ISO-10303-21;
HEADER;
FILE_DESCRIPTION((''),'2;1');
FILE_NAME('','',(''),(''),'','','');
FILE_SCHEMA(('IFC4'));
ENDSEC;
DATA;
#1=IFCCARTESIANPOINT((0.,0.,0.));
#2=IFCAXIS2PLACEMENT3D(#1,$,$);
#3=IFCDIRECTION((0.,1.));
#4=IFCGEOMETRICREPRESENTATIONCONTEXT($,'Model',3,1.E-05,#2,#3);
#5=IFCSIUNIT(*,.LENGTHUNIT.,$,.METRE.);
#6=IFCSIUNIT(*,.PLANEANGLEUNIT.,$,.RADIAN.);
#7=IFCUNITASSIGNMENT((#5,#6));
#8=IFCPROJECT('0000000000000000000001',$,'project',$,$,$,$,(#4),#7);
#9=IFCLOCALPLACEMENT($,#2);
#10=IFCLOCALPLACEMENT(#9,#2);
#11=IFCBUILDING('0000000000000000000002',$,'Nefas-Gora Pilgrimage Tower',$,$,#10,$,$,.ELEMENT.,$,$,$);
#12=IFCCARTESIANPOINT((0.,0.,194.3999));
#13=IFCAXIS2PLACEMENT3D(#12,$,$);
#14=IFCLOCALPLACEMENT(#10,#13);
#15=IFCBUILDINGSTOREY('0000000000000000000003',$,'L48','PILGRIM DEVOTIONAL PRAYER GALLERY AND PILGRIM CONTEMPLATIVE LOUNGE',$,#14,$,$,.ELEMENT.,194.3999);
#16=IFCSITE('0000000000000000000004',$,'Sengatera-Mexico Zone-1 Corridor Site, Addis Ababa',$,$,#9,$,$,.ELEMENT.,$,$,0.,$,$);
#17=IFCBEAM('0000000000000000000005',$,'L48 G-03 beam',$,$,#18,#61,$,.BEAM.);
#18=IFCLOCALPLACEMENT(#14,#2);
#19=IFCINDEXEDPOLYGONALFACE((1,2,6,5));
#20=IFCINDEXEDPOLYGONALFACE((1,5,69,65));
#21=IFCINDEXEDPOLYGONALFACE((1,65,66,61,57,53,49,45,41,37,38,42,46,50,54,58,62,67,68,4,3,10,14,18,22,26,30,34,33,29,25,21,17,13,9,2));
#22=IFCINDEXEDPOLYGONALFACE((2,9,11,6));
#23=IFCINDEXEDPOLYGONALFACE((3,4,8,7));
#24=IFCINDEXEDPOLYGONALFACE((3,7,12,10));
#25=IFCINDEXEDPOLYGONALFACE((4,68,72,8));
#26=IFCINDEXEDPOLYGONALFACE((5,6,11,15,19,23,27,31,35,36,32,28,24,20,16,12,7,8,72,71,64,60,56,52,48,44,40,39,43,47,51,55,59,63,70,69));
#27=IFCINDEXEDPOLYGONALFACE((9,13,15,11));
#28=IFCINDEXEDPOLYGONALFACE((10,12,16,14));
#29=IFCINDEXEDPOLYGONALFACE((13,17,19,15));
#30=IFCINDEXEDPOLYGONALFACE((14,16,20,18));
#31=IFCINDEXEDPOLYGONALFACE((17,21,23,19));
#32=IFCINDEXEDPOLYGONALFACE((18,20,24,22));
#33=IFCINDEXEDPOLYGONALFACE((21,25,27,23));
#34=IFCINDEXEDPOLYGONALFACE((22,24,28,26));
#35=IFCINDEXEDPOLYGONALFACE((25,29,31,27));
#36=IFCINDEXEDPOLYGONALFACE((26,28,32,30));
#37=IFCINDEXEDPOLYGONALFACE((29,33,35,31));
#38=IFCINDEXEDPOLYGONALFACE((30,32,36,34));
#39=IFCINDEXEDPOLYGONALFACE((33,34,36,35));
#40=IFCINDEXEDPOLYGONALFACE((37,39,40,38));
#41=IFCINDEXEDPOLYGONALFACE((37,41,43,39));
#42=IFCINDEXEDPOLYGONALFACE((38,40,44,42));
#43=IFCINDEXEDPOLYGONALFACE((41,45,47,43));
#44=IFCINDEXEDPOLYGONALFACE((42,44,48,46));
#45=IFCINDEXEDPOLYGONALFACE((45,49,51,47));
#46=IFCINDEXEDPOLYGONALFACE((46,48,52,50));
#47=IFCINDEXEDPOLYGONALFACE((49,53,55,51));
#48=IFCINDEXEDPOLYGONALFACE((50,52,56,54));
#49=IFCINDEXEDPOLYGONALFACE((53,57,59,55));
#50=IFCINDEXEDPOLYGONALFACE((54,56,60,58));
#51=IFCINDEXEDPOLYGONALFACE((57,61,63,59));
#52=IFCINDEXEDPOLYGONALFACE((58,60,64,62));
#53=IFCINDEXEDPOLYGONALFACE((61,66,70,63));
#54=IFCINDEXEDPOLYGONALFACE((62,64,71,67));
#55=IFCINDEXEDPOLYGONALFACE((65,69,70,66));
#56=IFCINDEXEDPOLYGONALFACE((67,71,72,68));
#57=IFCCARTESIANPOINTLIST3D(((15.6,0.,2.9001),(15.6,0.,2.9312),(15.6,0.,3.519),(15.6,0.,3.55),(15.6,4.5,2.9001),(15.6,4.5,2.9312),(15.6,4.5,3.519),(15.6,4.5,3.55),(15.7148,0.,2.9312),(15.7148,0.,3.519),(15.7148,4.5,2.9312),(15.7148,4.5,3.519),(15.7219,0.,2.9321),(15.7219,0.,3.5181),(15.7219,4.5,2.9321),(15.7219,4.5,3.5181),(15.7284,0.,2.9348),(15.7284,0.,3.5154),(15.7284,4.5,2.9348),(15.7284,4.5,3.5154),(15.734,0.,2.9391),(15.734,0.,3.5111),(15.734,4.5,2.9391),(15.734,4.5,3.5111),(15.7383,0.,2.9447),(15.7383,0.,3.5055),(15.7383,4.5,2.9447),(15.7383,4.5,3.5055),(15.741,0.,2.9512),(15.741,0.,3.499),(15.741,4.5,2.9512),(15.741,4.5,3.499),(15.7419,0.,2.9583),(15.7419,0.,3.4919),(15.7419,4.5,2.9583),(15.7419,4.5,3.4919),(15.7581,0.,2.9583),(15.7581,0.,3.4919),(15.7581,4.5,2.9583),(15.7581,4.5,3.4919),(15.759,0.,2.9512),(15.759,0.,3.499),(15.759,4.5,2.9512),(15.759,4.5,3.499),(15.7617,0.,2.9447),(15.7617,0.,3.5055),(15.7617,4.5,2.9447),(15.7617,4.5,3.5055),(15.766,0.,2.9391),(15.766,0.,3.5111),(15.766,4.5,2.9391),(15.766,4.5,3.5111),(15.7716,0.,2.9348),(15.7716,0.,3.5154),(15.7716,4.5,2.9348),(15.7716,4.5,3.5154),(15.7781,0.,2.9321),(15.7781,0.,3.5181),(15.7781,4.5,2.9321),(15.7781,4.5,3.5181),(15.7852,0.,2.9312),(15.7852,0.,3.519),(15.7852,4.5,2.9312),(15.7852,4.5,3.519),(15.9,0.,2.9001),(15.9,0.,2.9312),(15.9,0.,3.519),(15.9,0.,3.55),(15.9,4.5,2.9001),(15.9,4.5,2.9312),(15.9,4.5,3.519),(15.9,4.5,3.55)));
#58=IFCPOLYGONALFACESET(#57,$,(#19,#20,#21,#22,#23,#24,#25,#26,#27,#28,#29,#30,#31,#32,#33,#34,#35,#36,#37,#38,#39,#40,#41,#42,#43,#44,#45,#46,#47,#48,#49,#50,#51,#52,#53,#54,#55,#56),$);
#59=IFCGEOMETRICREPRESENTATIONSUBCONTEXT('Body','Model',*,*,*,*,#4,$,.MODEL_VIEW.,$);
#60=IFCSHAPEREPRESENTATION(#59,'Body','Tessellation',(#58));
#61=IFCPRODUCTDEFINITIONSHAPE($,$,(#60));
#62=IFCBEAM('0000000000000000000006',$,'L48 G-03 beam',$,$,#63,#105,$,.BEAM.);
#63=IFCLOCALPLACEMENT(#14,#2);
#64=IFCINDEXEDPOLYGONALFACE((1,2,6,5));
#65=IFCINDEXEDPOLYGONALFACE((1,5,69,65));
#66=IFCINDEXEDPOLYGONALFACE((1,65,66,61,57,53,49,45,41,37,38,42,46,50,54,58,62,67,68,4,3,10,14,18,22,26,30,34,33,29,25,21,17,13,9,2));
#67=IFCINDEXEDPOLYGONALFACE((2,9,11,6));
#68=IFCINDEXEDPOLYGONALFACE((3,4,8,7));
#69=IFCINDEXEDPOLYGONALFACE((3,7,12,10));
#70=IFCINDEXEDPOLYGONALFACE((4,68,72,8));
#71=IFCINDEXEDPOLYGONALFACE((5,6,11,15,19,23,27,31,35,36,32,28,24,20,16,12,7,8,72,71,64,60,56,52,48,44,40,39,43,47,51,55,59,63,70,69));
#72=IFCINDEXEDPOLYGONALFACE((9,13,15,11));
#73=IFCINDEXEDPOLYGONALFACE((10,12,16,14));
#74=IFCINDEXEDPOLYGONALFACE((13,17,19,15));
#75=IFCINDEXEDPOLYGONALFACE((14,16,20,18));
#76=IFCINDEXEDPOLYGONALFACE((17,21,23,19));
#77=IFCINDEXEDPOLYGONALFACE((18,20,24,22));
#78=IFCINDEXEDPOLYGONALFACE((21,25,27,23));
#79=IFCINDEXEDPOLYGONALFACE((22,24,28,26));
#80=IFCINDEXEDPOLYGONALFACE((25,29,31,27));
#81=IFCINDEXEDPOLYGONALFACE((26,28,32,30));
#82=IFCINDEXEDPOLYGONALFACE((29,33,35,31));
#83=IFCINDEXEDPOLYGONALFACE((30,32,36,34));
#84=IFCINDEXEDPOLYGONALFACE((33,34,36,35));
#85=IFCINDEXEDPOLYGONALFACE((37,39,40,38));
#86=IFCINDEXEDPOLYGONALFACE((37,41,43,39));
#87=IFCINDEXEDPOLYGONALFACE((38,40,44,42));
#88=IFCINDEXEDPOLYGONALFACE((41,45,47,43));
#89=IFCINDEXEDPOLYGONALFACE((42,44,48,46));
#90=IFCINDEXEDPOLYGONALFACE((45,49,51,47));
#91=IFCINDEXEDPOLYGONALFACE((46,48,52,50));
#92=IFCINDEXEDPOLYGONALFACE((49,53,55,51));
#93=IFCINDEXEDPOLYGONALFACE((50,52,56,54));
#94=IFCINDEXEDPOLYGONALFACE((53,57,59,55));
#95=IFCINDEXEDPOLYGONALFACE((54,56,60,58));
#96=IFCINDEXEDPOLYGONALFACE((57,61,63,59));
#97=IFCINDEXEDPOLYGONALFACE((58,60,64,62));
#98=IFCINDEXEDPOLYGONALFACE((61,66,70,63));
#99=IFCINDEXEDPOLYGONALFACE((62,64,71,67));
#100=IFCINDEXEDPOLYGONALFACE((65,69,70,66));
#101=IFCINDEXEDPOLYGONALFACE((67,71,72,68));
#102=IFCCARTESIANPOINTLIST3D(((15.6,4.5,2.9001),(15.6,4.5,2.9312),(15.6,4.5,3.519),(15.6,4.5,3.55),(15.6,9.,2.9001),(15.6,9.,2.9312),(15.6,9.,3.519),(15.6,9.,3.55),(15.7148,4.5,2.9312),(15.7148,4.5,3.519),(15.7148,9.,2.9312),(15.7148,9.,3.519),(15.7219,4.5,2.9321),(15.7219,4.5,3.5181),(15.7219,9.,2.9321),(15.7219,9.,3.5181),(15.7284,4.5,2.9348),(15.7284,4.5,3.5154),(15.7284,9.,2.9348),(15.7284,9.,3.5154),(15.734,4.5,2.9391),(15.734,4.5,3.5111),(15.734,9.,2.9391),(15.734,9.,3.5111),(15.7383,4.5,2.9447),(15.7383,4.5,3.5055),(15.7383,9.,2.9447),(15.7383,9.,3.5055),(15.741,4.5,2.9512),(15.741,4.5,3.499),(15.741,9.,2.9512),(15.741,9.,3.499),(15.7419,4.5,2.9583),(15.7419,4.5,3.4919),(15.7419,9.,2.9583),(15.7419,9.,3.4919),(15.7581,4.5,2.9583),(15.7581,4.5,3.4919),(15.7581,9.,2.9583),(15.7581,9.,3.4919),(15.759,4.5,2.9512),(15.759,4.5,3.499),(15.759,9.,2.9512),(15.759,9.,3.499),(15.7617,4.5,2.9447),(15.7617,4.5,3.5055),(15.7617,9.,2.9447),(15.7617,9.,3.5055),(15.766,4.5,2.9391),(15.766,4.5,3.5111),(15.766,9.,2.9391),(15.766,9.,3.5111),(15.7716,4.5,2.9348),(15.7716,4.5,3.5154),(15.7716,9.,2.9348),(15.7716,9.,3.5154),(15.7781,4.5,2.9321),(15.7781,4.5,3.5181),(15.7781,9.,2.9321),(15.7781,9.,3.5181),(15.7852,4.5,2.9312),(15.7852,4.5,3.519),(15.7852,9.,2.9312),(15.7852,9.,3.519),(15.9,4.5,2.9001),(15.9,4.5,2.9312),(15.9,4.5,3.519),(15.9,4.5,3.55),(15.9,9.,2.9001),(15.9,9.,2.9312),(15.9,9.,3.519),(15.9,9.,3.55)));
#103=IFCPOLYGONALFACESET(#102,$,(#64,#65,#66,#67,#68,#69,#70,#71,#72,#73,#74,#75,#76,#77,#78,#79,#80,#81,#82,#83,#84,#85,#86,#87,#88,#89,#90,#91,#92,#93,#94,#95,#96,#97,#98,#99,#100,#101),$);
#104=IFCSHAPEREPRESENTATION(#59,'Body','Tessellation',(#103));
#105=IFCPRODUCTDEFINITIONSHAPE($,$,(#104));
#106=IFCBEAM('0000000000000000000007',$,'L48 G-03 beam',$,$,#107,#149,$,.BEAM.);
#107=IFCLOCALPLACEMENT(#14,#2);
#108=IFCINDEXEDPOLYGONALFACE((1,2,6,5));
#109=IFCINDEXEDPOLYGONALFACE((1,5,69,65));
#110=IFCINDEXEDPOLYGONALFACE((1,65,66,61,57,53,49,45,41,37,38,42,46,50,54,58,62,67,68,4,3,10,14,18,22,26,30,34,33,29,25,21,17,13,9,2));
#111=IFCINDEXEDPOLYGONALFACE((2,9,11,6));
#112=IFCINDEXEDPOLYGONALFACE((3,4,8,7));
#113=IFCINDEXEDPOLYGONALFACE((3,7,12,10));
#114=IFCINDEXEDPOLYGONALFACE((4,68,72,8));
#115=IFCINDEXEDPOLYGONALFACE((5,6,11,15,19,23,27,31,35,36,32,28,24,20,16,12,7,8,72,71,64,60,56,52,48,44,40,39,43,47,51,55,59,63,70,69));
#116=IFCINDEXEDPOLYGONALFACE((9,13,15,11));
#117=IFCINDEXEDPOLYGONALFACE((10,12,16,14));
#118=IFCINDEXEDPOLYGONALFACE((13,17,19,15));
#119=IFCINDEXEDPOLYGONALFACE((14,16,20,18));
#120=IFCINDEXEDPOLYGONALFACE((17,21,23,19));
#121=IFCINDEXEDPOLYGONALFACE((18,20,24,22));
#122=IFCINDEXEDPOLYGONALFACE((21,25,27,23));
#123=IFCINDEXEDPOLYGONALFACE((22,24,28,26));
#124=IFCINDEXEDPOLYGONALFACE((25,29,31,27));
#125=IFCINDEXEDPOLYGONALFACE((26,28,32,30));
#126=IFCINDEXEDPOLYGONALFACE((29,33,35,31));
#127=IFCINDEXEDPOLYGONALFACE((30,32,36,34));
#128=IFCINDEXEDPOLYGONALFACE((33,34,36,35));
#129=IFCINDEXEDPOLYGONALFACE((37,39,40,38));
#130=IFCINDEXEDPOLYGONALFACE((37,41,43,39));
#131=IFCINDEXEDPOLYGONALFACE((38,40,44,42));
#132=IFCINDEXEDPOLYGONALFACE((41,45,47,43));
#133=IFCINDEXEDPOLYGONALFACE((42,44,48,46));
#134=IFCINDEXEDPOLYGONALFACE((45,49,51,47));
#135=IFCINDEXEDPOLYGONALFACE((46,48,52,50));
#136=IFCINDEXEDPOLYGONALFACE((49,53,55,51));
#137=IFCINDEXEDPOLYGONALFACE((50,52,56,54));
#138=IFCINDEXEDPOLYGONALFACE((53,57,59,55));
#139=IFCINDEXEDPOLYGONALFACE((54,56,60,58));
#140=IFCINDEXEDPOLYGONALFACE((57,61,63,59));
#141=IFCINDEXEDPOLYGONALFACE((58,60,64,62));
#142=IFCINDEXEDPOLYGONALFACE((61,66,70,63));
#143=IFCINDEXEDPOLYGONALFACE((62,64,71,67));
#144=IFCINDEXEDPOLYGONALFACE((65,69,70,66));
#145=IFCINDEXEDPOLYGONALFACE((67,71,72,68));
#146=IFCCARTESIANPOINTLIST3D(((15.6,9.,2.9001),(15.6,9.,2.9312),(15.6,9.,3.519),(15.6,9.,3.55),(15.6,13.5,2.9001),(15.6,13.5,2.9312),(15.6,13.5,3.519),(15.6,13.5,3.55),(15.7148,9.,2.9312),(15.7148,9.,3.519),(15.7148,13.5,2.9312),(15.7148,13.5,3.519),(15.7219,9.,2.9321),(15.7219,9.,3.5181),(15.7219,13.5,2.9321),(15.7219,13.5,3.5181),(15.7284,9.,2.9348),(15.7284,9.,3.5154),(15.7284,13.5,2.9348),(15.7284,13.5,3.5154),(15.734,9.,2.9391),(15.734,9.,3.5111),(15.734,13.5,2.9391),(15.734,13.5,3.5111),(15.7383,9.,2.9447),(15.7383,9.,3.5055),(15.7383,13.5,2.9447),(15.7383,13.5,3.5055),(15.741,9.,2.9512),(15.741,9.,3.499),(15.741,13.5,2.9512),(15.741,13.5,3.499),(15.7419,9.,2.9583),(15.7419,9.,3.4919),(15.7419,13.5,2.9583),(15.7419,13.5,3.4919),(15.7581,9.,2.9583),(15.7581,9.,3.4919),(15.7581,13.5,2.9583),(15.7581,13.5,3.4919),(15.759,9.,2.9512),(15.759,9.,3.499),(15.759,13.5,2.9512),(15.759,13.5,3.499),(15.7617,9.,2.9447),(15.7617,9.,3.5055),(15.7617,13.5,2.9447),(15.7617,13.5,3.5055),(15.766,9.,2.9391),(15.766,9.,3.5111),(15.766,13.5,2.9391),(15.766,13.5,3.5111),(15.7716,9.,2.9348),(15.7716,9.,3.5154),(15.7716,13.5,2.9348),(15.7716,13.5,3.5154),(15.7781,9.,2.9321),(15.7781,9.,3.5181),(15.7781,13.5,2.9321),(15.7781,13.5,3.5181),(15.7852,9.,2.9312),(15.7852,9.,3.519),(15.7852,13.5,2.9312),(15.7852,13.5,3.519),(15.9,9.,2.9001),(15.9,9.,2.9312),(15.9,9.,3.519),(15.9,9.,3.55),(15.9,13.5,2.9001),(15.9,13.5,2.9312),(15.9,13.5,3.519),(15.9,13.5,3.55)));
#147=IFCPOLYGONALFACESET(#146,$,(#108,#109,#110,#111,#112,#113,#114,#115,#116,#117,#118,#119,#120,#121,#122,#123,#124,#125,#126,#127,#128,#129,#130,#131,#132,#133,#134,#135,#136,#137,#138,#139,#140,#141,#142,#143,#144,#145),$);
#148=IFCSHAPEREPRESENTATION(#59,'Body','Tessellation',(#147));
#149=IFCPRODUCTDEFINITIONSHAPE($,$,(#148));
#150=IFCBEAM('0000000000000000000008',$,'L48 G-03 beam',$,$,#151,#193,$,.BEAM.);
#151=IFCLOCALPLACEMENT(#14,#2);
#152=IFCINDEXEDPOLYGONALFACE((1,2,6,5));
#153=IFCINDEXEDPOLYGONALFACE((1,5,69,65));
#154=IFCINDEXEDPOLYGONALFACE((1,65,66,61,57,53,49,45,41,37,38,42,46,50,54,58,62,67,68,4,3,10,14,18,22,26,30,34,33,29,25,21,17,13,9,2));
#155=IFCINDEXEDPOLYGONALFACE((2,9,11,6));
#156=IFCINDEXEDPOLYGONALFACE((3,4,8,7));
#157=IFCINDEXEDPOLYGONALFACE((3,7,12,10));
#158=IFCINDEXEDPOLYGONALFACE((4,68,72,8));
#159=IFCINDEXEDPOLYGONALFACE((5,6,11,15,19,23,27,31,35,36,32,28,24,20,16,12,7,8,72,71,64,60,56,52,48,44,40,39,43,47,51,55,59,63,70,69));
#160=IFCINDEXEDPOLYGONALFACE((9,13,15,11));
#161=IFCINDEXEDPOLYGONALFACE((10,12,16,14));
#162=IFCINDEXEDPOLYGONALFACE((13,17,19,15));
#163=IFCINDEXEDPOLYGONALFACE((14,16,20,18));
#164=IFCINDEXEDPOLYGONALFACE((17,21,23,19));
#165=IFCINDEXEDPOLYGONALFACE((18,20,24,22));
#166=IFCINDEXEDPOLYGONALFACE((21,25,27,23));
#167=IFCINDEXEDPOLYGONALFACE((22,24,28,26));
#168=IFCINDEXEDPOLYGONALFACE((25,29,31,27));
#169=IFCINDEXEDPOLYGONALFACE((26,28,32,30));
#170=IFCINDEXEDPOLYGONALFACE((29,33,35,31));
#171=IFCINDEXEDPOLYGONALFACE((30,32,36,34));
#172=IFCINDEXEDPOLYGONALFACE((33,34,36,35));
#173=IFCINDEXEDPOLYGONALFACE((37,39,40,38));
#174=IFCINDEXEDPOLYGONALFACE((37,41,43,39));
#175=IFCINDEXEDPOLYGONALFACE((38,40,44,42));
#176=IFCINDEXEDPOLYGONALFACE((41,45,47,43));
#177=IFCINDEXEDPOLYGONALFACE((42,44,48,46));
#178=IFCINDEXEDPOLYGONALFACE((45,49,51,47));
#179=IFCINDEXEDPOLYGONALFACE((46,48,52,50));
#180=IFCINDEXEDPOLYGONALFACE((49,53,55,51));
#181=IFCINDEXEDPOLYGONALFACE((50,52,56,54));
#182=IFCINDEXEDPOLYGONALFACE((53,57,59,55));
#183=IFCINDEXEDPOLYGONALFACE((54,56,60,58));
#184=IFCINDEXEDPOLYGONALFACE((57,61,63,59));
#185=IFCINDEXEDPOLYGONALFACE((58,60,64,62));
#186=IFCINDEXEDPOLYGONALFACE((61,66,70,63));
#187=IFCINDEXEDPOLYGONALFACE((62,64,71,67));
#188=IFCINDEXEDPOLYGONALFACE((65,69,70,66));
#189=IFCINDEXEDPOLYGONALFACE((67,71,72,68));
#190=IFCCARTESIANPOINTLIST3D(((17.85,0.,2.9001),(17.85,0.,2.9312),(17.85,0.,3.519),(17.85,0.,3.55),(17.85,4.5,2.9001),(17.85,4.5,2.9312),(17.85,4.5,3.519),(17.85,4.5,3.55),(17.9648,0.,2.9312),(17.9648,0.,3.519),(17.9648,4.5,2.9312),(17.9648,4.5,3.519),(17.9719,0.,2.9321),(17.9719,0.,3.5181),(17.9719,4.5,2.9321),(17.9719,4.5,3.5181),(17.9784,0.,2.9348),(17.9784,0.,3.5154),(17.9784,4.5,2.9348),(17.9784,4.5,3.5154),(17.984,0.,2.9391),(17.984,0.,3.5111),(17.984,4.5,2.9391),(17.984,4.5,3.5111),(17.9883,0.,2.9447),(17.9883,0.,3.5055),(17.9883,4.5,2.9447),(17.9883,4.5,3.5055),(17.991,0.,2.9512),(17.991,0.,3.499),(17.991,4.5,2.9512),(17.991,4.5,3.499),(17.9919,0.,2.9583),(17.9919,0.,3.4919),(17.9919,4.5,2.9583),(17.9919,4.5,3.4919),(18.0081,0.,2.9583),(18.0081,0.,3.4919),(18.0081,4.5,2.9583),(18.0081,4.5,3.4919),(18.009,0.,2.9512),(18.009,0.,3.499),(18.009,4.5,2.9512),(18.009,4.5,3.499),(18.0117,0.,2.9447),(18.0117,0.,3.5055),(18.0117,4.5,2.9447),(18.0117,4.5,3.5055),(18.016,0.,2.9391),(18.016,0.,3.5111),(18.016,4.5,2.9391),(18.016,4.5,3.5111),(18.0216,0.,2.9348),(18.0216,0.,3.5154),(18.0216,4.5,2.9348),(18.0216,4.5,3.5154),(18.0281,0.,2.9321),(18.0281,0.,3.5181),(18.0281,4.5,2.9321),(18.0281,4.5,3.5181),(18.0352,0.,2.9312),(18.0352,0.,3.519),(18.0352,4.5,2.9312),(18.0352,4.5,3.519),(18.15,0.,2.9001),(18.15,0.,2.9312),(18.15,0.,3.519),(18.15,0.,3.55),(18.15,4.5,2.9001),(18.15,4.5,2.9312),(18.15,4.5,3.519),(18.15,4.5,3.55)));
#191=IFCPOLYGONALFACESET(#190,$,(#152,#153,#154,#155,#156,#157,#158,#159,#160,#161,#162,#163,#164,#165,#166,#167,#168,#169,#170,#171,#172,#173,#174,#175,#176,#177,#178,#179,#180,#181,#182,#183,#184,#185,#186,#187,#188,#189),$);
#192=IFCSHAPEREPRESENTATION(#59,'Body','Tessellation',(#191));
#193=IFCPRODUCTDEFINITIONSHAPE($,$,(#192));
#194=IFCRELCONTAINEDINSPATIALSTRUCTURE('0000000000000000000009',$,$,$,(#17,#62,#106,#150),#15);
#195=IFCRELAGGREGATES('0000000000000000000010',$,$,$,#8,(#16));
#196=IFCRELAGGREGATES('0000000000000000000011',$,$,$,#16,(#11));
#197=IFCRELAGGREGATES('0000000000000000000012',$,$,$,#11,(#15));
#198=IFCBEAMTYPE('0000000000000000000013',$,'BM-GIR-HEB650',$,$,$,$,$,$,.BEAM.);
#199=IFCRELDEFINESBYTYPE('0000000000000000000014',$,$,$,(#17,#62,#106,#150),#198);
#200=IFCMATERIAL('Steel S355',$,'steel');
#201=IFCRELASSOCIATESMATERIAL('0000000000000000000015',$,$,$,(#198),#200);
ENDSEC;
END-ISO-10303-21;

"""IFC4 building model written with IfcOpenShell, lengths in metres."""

from ifc_helpers import new_model, si_unit, direction, frame, origin, origin_2d, place, context, subcontext, project, spatial, i_section, extrude, source, transform, mapped, material, material_profile, profile_set, type_object, element, save


model = new_model("IFC4")

# Units and contexts
model_context = context("Model", 3, precision=1e-05, world=origin(), true_north=direction((0.0, 1.0)))
body_context = subcontext(model_context, "Body", "Model", "MODEL_VIEW")
ifc_project = project(units=[si_unit("LENGTHUNIT", "METRE"), si_unit("PLANEANGLEUNIT", "RADIAN")], contexts=[model_context])

# Site, building, storey
site_placement = place(None, origin())
site = spatial("IfcSite", under=ifc_project, at=site_placement, Name="Sengatera-Mexico Zone-1 Corridor Site, Addis Ababa", CompositionType="ELEMENT", RefElevation=0.0)
building_placement = place(site_placement, origin())
building = spatial("IfcBuilding", under=site, at=building_placement, Name="Nefas-Gora Pilgrimage Tower", CompositionType="ELEMENT")
storey_placement = place(building_placement, frame((0.0, 0.0, 194.3999)))
storey = spatial("IfcBuildingStorey", under=building, at=storey_placement, Name="L48", Description="PILGRIM DEVOTIONAL PRAYER GALLERY AND PILGRIM CONTEMPLATIVE LOUNGE", CompositionType="ELEMENT", Elevation=194.3999)

# Beams
ifc_material_1 = material(Name="Steel S355", Category="steel")
ifc_material_profile_1 = material_profile(ifc_material_1, i_section(OverallWidth=0.3, OverallDepth=0.6499, WebThickness=0.0161, FlangeThickness=0.031, FilletRadius=0.0271, at=origin_2d()), Name="HEB 650")
ifc_profile_set_1 = profile_set([ifc_material_profile_1], Name="Steel S355")
beam_type_1 = type_object("IfcBeamType", Name="BM-GIR-HEB650", PredefinedType="BEAM", material=ifc_profile_set_1)
shared_shape_1 = source(origin(), body_context, "Body", "SweptSolid", [
    extrude(i_section(OverallWidth=0.3, OverallDepth=0.6499, WebThickness=0.0161, FlangeThickness=0.031, FilletRadius=0.0271, at=origin_2d()), origin(), (0.0, 0.0, 1.0), 4.5),
])
for number, where, z_axis, x_axis, name in (
    (1, (15.75, 0.0, 3.2251), (0.0, 1.0, 0.0), (-1.0, 0.0, 0.0), "L48 G-03 beam"),
    (2, (15.75, 4.5, 3.2251), (0.0, 1.0, 0.0), (-1.0, 0.0, 0.0), "L48 G-03 beam"),
    (3, (15.75, 9.0, 3.2251), (0.0, 1.0, 0.0), (-1.0, 0.0, 0.0), "L48 G-03 beam"),
    (4, (18.0, 0.0, 3.2251), (0.0, 1.0, 0.0), (-1.0, 0.0, 0.0), "L48 G-03 beam"),
):
    element("IfcBeam", number, at=place(storey_placement, frame(where, z_axis=z_axis, x_axis=x_axis)), inside=storey, type_object=beam_type_1, Name=name, PredefinedType="BEAM", context=body_context, shape_type="MappedRepresentation", body=[
        mapped(shared_shape_1, transform((0.0, 0.0, 0.0), x_axis=(1.0, 0.0, 0.0), y_axis=(0.0, 1.0, 0.0), z_axis=(0.0, 0.0, 1.0), scale=1.0)),
    ])

save(model, "model.ifc")
